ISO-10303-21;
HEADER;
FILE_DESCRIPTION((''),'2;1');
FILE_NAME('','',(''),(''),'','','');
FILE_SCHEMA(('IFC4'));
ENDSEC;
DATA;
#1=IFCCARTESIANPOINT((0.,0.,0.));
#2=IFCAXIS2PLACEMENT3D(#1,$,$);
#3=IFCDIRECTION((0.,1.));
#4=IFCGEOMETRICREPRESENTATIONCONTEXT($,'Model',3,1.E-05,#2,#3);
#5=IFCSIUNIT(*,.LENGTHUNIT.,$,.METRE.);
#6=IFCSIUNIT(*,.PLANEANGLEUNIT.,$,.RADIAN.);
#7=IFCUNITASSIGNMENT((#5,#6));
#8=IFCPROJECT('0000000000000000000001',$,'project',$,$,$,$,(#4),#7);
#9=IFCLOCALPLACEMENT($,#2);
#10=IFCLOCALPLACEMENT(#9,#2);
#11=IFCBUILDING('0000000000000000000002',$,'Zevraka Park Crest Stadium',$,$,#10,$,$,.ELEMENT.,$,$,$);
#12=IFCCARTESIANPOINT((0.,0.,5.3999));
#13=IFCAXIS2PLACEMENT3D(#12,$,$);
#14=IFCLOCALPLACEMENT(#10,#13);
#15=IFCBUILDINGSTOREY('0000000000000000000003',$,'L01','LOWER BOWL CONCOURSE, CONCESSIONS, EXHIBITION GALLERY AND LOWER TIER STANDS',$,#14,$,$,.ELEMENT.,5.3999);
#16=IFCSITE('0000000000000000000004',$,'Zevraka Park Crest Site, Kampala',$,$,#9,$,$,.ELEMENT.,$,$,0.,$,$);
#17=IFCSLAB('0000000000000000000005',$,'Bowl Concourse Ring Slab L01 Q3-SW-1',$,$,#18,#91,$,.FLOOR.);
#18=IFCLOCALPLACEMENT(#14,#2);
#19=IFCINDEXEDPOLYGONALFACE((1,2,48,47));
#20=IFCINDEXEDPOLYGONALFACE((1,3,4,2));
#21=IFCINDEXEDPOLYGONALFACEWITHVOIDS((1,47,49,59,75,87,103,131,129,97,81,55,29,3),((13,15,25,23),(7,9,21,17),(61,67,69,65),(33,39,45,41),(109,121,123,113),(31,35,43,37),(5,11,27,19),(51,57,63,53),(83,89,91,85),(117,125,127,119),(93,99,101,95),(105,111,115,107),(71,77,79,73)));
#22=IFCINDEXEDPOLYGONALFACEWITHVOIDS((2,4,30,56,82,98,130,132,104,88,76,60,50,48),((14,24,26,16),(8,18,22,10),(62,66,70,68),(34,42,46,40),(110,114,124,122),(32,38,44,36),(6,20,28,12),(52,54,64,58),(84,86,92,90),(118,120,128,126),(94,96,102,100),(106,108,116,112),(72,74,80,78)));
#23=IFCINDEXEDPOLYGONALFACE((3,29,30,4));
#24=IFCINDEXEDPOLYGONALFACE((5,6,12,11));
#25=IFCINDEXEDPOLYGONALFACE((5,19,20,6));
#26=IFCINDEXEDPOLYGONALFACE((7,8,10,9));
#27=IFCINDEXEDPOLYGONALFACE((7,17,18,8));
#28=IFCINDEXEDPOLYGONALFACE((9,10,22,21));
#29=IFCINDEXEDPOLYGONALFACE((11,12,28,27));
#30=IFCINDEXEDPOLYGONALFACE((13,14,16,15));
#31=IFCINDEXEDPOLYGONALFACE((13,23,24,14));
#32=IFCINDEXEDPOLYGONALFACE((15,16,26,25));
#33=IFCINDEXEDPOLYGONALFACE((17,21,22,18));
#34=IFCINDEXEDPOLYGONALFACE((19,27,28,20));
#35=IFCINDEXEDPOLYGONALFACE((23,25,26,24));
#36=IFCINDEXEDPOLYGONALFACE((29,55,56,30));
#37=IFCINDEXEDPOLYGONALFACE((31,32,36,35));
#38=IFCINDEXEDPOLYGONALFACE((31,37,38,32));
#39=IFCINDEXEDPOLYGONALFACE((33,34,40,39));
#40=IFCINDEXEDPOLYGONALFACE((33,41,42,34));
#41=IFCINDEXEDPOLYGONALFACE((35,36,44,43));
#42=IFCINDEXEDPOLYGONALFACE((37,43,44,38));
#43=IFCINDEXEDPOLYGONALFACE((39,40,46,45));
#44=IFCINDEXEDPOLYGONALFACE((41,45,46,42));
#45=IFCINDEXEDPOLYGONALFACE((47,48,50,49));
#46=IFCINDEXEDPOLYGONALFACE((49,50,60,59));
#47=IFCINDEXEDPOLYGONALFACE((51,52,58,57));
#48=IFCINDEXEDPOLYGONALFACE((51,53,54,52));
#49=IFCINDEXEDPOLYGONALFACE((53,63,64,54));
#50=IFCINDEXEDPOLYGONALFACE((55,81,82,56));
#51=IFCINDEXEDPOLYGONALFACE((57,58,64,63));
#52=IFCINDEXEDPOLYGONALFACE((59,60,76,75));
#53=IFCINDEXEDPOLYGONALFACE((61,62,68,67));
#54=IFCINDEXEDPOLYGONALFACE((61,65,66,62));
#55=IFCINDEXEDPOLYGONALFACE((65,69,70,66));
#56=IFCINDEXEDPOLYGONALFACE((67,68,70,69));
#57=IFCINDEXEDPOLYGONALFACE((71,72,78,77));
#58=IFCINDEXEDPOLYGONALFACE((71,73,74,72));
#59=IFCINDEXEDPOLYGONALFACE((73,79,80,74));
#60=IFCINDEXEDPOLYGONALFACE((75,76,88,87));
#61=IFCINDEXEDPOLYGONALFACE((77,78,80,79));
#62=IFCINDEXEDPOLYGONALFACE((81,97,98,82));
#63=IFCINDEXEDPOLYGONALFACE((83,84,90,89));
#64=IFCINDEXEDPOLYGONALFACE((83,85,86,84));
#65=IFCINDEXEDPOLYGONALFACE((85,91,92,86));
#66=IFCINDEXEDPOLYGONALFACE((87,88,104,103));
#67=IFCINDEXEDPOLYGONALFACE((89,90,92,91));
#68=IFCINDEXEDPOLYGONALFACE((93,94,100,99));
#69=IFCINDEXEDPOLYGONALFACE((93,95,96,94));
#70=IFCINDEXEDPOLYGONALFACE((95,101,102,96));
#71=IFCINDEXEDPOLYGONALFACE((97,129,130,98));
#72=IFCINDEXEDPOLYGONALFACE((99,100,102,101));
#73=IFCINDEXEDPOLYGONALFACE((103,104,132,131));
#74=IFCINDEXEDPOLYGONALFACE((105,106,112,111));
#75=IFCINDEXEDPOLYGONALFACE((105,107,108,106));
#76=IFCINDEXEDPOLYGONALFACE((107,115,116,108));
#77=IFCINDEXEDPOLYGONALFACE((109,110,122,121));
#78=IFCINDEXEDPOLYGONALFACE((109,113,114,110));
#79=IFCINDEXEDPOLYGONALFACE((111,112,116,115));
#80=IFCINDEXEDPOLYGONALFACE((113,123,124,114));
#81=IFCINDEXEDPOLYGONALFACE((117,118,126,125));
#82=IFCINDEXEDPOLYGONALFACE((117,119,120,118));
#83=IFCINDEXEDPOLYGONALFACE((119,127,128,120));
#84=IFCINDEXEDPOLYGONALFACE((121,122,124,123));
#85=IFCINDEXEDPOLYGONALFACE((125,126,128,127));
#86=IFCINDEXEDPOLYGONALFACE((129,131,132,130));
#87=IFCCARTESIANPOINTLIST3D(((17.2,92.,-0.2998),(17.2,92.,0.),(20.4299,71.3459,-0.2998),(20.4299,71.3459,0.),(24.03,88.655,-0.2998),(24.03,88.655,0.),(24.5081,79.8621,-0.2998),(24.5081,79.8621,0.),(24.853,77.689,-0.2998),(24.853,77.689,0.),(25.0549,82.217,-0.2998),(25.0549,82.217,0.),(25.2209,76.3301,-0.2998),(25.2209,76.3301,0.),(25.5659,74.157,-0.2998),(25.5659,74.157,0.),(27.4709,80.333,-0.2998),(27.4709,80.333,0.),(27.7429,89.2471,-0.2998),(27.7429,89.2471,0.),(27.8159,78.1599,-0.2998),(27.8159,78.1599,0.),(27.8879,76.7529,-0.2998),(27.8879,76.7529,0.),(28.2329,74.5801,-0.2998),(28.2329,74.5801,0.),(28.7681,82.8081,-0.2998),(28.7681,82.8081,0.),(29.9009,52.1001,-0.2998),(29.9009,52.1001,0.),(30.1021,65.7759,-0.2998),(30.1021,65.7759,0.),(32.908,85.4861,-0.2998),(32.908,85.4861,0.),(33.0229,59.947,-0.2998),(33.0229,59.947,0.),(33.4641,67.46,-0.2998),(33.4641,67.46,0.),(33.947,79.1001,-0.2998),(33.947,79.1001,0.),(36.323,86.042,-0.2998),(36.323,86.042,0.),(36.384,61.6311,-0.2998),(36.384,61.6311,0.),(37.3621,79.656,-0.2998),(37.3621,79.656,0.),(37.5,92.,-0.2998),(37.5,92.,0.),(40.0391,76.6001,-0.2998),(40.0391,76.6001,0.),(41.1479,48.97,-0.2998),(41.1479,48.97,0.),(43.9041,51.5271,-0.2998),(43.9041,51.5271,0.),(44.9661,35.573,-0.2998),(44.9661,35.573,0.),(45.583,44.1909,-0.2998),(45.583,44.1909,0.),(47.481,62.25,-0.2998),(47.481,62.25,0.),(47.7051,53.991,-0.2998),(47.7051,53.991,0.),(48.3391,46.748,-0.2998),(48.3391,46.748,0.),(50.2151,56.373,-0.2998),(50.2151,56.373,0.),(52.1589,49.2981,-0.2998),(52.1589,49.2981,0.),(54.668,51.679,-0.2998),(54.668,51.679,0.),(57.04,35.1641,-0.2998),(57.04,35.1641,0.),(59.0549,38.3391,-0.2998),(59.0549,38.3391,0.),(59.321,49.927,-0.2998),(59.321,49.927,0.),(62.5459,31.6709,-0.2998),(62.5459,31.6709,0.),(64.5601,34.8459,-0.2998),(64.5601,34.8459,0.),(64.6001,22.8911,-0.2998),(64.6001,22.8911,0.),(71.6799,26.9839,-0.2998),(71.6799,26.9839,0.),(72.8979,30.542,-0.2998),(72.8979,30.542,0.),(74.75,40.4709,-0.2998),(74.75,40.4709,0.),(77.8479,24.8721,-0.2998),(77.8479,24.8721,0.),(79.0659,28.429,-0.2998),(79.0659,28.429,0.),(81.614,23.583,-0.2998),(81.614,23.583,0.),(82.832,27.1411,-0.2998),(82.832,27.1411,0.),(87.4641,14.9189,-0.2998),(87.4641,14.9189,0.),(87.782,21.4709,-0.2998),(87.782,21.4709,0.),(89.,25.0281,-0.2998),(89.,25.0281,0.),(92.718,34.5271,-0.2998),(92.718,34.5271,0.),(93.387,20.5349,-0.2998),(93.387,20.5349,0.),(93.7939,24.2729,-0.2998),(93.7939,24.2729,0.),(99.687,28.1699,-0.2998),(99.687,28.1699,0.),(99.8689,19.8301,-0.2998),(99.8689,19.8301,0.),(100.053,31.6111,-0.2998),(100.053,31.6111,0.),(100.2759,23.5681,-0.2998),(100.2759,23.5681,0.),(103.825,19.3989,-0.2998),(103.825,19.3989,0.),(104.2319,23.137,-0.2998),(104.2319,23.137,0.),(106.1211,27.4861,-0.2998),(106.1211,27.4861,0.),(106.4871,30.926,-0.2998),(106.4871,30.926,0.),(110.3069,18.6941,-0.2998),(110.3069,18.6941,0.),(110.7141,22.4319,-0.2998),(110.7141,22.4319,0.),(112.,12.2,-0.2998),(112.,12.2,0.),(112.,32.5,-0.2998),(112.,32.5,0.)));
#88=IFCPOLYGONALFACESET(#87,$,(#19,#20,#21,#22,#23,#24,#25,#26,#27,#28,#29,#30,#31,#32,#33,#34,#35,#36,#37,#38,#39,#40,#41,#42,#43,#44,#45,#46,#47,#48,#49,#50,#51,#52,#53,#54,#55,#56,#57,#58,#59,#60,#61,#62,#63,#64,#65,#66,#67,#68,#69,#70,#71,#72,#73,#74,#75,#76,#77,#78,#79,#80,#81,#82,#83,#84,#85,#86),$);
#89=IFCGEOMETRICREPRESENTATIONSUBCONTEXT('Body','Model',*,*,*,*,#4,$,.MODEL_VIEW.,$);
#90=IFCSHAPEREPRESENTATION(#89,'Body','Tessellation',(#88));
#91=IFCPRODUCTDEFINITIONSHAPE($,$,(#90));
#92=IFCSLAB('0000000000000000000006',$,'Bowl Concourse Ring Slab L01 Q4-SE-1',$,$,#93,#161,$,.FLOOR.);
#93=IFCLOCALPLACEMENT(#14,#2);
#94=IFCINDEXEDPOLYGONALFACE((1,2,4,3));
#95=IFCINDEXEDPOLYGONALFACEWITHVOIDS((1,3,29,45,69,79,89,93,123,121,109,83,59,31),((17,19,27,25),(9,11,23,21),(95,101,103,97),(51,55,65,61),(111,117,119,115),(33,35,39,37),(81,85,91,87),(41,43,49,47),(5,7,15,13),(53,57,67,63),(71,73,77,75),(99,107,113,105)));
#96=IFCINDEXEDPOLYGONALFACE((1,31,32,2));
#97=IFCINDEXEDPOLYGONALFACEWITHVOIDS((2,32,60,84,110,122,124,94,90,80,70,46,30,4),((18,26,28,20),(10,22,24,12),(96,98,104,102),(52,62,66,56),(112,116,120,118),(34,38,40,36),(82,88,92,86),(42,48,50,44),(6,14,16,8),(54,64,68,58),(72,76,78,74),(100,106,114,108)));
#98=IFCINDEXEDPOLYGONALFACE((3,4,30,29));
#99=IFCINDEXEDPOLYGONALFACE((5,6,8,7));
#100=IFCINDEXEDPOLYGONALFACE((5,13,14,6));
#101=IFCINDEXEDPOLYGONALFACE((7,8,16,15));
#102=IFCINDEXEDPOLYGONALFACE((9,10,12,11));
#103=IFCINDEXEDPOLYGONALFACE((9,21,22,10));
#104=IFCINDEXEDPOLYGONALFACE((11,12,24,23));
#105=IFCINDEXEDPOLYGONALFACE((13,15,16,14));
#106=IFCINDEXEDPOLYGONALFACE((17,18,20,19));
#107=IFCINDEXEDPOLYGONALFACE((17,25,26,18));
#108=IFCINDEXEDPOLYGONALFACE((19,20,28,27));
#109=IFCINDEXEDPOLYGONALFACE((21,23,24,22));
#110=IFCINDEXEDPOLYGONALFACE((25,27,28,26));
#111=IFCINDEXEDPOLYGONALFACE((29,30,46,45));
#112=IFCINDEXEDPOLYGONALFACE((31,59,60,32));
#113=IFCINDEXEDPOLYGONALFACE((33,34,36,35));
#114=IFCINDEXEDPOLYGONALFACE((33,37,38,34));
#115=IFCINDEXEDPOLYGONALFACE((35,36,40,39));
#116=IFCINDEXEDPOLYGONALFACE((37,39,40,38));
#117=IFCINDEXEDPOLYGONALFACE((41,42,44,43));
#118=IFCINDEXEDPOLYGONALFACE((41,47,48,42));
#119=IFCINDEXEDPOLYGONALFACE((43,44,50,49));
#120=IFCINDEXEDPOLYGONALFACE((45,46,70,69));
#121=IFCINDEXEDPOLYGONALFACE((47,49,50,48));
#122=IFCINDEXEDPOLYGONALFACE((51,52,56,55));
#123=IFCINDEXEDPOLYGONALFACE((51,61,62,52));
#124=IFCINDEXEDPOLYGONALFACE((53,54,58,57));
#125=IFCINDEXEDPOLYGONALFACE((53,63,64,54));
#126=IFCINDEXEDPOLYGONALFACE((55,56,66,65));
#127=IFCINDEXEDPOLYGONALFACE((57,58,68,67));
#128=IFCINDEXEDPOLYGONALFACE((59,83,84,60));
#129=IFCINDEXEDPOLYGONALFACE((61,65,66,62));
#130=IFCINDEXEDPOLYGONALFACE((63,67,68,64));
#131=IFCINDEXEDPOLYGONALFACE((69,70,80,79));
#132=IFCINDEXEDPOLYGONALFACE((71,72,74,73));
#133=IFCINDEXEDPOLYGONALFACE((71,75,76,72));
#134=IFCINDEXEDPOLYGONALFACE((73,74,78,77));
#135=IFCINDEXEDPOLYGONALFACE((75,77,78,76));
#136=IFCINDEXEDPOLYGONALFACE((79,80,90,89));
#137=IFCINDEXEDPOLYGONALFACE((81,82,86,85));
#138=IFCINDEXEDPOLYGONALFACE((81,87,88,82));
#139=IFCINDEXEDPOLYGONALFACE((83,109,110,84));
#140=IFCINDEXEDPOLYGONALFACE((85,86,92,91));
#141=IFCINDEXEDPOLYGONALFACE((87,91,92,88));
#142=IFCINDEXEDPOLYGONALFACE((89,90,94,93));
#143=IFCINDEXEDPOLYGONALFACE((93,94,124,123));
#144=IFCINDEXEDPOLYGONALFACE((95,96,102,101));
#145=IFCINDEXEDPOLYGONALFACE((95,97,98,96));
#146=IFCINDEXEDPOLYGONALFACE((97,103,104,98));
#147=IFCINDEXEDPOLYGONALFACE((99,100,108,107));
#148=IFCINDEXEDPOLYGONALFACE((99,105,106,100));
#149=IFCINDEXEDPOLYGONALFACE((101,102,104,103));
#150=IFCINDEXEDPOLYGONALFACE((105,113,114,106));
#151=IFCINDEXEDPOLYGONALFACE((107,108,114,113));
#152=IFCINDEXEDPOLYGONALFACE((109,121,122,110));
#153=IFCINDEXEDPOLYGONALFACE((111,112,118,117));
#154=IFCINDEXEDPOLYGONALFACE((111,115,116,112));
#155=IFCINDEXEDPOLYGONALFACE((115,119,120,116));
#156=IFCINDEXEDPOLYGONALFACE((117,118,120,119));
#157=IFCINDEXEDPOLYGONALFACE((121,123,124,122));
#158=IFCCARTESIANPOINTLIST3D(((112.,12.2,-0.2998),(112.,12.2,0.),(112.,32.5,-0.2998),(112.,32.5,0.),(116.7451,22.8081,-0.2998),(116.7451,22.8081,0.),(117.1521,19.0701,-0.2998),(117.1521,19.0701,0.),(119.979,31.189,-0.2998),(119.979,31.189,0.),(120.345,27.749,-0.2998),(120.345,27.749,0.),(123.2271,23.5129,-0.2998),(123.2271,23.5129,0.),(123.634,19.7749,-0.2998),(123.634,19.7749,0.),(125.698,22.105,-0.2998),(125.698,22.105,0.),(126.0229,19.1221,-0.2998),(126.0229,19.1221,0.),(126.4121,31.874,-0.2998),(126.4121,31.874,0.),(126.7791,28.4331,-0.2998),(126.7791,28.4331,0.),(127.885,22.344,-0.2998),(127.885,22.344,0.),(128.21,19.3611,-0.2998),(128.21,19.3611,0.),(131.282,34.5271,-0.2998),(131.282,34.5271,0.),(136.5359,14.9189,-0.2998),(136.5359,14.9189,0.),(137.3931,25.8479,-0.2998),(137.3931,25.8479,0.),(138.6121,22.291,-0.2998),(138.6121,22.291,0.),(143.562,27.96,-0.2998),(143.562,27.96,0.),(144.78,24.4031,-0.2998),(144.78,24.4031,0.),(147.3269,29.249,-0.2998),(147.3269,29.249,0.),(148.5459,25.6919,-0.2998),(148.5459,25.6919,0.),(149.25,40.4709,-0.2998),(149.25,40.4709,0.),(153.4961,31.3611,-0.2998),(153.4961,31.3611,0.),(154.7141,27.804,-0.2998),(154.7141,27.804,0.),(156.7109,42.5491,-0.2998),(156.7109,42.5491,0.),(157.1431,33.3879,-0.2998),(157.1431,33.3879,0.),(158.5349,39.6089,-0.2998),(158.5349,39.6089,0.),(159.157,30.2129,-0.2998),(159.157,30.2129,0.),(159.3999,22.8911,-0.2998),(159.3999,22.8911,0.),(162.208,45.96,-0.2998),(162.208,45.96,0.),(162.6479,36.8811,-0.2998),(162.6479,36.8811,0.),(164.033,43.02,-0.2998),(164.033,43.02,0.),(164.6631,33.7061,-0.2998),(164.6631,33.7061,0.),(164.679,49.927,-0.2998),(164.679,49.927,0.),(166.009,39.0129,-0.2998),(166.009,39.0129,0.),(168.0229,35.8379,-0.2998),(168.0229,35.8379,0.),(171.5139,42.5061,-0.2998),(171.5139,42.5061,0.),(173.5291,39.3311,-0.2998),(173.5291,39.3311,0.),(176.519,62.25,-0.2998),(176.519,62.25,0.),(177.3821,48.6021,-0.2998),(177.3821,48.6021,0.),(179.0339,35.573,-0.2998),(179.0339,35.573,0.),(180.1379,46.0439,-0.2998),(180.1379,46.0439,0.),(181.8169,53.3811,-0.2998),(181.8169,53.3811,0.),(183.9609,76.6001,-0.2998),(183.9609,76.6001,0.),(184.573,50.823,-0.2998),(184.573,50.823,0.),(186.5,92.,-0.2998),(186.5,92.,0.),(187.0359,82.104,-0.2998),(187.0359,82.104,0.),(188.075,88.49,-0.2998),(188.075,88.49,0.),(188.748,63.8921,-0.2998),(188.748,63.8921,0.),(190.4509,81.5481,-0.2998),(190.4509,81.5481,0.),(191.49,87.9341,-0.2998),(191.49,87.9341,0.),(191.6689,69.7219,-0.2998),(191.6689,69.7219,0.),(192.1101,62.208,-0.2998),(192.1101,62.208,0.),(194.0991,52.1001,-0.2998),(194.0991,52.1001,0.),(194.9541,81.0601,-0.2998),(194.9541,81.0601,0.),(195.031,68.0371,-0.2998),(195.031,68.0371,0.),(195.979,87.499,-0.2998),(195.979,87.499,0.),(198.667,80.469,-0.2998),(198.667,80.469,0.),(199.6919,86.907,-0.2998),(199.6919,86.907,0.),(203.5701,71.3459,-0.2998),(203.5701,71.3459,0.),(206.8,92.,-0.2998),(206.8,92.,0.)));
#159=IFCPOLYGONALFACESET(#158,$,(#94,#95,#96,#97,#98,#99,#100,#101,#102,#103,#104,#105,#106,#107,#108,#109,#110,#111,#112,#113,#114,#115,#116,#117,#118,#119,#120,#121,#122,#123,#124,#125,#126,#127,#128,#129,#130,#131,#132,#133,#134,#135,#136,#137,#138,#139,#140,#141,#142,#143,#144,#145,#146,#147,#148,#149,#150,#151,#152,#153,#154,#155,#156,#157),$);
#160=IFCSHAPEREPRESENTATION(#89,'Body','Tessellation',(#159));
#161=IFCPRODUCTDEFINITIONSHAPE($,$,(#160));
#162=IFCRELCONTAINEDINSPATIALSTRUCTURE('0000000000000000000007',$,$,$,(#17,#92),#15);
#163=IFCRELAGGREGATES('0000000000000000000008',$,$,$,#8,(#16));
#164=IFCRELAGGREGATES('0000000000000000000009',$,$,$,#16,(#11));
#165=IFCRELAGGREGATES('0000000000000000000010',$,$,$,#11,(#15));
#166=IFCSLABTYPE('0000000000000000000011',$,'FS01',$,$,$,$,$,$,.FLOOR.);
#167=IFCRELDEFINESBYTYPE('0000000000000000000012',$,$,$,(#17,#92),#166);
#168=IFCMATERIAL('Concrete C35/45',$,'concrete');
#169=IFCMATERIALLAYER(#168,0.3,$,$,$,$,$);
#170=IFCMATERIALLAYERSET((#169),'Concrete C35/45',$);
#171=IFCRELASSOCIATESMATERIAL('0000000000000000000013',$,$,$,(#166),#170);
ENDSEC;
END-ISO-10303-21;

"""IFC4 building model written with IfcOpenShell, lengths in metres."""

from ifc_helpers import new_model, si_unit, direction, frame, origin, place, context, subcontext, project, spatial, polyline, outline, extrude, material, layer, layer_set, type_object, element, save


model = new_model("IFC4")

# Units and contexts
model_context = context("Model", 3, precision=1e-05, world=origin(), true_north=direction((0.0, 1.0)))
body_context = subcontext(model_context, "Body", "Model", "MODEL_VIEW")
ifc_project = project(units=[si_unit("LENGTHUNIT", "METRE"), si_unit("PLANEANGLEUNIT", "RADIAN")], contexts=[model_context])

# Site, building, storey
site_placement = place(None, origin())
site = spatial("IfcSite", under=ifc_project, at=site_placement, Name="Zevraka Park Crest Site, Kampala", CompositionType="ELEMENT", RefElevation=0.0)
building_placement = place(site_placement, origin())
building = spatial("IfcBuilding", under=site, at=building_placement, Name="Zevraka Park Crest Stadium", CompositionType="ELEMENT")
storey_placement = place(building_placement, frame((0.0, 0.0, 5.3999)))
storey = spatial("IfcBuildingStorey", under=building, at=storey_placement, Name="L01", Description="LOWER BOWL CONCOURSE, CONCESSIONS, EXHIBITION GALLERY AND LOWER TIER STANDS", CompositionType="ELEMENT", Elevation=5.3999)

# Slabs
ifc_material_1 = material(Name="Concrete C35/45", Category="concrete")
ifc_layer_1 = layer(ifc_material_1, 0.3)
ifc_layer_set_1 = layer_set([ifc_layer_1], Name="Concrete C35/45")
slab_type_1 = type_object("IfcSlabType", Name="FS01", PredefinedType="FLOOR", material=ifc_layer_set_1)
slab_1_placement = place(storey_placement, frame((0.0, 0.0, -0.2998)))
element("IfcSlab", 1, at=slab_1_placement, inside=storey, type_object=slab_type_1, Name="Bowl Concourse Ring Slab L01 Q3-SW-1", PredefinedType="FLOOR", context=body_context, shape_type="SweptSolid", body=[
    extrude(outline(polyline([(40.0391, 76.6001), (47.481, 62.25), (59.321, 49.927), (74.75, 40.4709), (92.718, 34.5271), (112.0, 32.5), (112.0, 12.2), (87.4641, 14.9189), (64.6001, 22.8911), (44.9661, 35.573), (29.9009, 52.1001), (20.4299, 71.3459), (17.2, 92.0), (37.5, 92.0), (40.0391, 76.6001)]), holes=[polyline([(48.3391, 46.748), (43.9041, 51.5271), (41.1479, 48.97), (45.583, 44.1909), (48.3391, 46.748)]), polyline([(52.1589, 49.2981), (54.668, 51.679), (50.2151, 56.373), (47.7051, 53.991), (52.1589, 49.2981)]), polyline([(33.0229, 59.947), (36.384, 61.6311), (33.4641, 67.46), (30.1021, 65.7759), (33.0229, 59.947)]), polyline([(28.2329, 74.5801), (27.8879, 76.7529), (25.2209, 76.3301), (25.5659, 74.157), (28.2329, 74.5801)]), polyline([(24.853, 77.689), (27.8159, 78.1599), (27.4709, 80.333), (24.5081, 79.8621), (24.853, 77.689)]), polyline([(33.947, 79.1001), (37.3621, 79.656), (36.323, 86.042), (32.908, 85.4861), (33.947, 79.1001)]), polyline([(28.7681, 82.8081), (27.7429, 89.2471), (24.03, 88.655), (25.0549, 82.217), (28.7681, 82.8081)]), polyline([(110.3069, 18.6941), (110.7141, 22.4319), (104.2319, 23.137), (103.825, 19.3989), (110.3069, 18.6941)]), polyline([(99.8689, 19.8301), (100.2759, 23.5681), (93.7939, 24.2729), (93.387, 20.5349), (99.8689, 19.8301)]), polyline([(87.782, 21.4709), (89.0, 25.0281), (82.832, 27.1411), (81.614, 23.583), (87.782, 21.4709)]), polyline([(77.8479, 24.8721), (79.0659, 28.429), (72.8979, 30.542), (71.6799, 26.9839), (77.8479, 24.8721)]), polyline([(106.1211, 27.4861), (106.4871, 30.926), (100.053, 31.6111), (99.687, 28.1699), (106.1211, 27.4861)]), polyline([(62.5459, 31.6709), (64.5601, 34.8459), (59.0549, 38.3391), (57.04, 35.1641), (62.5459, 31.6709)])]), origin(), (0.0, 0.0, 1.0), 0.2998),
])
slab_2_placement = place(storey_placement, frame((0.0, 0.0, -0.2998)))
element("IfcSlab", 2, at=slab_2_placement, inside=storey, type_object=slab_type_1, Name="Bowl Concourse Ring Slab L01 Q4-SE-1", PredefinedType="FLOOR", context=body_context, shape_type="SweptSolid", body=[
    extrude(outline(polyline([(131.282, 34.5271), (149.25, 40.4709), (164.679, 49.927), (176.519, 62.25), (183.9609, 76.6001), (186.5, 92.0), (206.8, 92.0), (203.5701, 71.3459), (194.0991, 52.1001), (179.0339, 35.573), (159.3999, 22.8911), (136.5359, 14.9189), (112.0, 12.2), (112.0, 32.5), (131.282, 34.5271)]), holes=[polyline([(127.885, 22.344), (125.698, 22.105), (126.0229, 19.1221), (128.21, 19.3611), (127.885, 22.344)]), polyline([(123.634, 19.7749), (123.2271, 23.5129), (116.7451, 22.8081), (117.1521, 19.0701), (123.634, 19.7749)]), polyline([(144.78, 24.4031), (143.562, 27.96), (137.3931, 25.8479), (138.6121, 22.291), (144.78, 24.4031)]), polyline([(153.4961, 31.3611), (147.3269, 29.249), (148.5459, 25.6919), (154.7141, 27.804), (153.4961, 31.3611)]), polyline([(126.7791, 28.4331), (126.4121, 31.874), (119.979, 31.189), (120.345, 27.749), (126.7791, 28.4331)]), polyline([(164.033, 43.02), (162.208, 45.96), (156.7109, 42.5491), (158.5349, 39.6089), (164.033, 43.02)]), polyline([(162.6479, 36.8811), (157.1431, 33.3879), (159.157, 30.2129), (164.6631, 33.7061), (162.6479, 36.8811)]), polyline([(173.5291, 39.3311), (171.5139, 42.5061), (166.009, 39.0129), (168.0229, 35.8379), (173.5291, 39.3311)]), polyline([(184.573, 50.823), (181.8169, 53.3811), (177.3821, 48.6021), (180.1379, 46.0439), (184.573, 50.823)]), polyline([(191.6689, 69.7219), (188.748, 63.8921), (192.1101, 62.208), (195.031, 68.0371), (191.6689, 69.7219)]), polyline([(199.6919, 86.907), (195.979, 87.499), (194.9541, 81.0601), (198.667, 80.469), (199.6919, 86.907)]), polyline([(191.49, 87.9341), (188.075, 88.49), (187.0359, 82.104), (190.4509, 81.5481), (191.49, 87.9341)])]), origin(), (0.0, 0.0, 1.0), 0.2998),
])

save(model, "model.ifc")
